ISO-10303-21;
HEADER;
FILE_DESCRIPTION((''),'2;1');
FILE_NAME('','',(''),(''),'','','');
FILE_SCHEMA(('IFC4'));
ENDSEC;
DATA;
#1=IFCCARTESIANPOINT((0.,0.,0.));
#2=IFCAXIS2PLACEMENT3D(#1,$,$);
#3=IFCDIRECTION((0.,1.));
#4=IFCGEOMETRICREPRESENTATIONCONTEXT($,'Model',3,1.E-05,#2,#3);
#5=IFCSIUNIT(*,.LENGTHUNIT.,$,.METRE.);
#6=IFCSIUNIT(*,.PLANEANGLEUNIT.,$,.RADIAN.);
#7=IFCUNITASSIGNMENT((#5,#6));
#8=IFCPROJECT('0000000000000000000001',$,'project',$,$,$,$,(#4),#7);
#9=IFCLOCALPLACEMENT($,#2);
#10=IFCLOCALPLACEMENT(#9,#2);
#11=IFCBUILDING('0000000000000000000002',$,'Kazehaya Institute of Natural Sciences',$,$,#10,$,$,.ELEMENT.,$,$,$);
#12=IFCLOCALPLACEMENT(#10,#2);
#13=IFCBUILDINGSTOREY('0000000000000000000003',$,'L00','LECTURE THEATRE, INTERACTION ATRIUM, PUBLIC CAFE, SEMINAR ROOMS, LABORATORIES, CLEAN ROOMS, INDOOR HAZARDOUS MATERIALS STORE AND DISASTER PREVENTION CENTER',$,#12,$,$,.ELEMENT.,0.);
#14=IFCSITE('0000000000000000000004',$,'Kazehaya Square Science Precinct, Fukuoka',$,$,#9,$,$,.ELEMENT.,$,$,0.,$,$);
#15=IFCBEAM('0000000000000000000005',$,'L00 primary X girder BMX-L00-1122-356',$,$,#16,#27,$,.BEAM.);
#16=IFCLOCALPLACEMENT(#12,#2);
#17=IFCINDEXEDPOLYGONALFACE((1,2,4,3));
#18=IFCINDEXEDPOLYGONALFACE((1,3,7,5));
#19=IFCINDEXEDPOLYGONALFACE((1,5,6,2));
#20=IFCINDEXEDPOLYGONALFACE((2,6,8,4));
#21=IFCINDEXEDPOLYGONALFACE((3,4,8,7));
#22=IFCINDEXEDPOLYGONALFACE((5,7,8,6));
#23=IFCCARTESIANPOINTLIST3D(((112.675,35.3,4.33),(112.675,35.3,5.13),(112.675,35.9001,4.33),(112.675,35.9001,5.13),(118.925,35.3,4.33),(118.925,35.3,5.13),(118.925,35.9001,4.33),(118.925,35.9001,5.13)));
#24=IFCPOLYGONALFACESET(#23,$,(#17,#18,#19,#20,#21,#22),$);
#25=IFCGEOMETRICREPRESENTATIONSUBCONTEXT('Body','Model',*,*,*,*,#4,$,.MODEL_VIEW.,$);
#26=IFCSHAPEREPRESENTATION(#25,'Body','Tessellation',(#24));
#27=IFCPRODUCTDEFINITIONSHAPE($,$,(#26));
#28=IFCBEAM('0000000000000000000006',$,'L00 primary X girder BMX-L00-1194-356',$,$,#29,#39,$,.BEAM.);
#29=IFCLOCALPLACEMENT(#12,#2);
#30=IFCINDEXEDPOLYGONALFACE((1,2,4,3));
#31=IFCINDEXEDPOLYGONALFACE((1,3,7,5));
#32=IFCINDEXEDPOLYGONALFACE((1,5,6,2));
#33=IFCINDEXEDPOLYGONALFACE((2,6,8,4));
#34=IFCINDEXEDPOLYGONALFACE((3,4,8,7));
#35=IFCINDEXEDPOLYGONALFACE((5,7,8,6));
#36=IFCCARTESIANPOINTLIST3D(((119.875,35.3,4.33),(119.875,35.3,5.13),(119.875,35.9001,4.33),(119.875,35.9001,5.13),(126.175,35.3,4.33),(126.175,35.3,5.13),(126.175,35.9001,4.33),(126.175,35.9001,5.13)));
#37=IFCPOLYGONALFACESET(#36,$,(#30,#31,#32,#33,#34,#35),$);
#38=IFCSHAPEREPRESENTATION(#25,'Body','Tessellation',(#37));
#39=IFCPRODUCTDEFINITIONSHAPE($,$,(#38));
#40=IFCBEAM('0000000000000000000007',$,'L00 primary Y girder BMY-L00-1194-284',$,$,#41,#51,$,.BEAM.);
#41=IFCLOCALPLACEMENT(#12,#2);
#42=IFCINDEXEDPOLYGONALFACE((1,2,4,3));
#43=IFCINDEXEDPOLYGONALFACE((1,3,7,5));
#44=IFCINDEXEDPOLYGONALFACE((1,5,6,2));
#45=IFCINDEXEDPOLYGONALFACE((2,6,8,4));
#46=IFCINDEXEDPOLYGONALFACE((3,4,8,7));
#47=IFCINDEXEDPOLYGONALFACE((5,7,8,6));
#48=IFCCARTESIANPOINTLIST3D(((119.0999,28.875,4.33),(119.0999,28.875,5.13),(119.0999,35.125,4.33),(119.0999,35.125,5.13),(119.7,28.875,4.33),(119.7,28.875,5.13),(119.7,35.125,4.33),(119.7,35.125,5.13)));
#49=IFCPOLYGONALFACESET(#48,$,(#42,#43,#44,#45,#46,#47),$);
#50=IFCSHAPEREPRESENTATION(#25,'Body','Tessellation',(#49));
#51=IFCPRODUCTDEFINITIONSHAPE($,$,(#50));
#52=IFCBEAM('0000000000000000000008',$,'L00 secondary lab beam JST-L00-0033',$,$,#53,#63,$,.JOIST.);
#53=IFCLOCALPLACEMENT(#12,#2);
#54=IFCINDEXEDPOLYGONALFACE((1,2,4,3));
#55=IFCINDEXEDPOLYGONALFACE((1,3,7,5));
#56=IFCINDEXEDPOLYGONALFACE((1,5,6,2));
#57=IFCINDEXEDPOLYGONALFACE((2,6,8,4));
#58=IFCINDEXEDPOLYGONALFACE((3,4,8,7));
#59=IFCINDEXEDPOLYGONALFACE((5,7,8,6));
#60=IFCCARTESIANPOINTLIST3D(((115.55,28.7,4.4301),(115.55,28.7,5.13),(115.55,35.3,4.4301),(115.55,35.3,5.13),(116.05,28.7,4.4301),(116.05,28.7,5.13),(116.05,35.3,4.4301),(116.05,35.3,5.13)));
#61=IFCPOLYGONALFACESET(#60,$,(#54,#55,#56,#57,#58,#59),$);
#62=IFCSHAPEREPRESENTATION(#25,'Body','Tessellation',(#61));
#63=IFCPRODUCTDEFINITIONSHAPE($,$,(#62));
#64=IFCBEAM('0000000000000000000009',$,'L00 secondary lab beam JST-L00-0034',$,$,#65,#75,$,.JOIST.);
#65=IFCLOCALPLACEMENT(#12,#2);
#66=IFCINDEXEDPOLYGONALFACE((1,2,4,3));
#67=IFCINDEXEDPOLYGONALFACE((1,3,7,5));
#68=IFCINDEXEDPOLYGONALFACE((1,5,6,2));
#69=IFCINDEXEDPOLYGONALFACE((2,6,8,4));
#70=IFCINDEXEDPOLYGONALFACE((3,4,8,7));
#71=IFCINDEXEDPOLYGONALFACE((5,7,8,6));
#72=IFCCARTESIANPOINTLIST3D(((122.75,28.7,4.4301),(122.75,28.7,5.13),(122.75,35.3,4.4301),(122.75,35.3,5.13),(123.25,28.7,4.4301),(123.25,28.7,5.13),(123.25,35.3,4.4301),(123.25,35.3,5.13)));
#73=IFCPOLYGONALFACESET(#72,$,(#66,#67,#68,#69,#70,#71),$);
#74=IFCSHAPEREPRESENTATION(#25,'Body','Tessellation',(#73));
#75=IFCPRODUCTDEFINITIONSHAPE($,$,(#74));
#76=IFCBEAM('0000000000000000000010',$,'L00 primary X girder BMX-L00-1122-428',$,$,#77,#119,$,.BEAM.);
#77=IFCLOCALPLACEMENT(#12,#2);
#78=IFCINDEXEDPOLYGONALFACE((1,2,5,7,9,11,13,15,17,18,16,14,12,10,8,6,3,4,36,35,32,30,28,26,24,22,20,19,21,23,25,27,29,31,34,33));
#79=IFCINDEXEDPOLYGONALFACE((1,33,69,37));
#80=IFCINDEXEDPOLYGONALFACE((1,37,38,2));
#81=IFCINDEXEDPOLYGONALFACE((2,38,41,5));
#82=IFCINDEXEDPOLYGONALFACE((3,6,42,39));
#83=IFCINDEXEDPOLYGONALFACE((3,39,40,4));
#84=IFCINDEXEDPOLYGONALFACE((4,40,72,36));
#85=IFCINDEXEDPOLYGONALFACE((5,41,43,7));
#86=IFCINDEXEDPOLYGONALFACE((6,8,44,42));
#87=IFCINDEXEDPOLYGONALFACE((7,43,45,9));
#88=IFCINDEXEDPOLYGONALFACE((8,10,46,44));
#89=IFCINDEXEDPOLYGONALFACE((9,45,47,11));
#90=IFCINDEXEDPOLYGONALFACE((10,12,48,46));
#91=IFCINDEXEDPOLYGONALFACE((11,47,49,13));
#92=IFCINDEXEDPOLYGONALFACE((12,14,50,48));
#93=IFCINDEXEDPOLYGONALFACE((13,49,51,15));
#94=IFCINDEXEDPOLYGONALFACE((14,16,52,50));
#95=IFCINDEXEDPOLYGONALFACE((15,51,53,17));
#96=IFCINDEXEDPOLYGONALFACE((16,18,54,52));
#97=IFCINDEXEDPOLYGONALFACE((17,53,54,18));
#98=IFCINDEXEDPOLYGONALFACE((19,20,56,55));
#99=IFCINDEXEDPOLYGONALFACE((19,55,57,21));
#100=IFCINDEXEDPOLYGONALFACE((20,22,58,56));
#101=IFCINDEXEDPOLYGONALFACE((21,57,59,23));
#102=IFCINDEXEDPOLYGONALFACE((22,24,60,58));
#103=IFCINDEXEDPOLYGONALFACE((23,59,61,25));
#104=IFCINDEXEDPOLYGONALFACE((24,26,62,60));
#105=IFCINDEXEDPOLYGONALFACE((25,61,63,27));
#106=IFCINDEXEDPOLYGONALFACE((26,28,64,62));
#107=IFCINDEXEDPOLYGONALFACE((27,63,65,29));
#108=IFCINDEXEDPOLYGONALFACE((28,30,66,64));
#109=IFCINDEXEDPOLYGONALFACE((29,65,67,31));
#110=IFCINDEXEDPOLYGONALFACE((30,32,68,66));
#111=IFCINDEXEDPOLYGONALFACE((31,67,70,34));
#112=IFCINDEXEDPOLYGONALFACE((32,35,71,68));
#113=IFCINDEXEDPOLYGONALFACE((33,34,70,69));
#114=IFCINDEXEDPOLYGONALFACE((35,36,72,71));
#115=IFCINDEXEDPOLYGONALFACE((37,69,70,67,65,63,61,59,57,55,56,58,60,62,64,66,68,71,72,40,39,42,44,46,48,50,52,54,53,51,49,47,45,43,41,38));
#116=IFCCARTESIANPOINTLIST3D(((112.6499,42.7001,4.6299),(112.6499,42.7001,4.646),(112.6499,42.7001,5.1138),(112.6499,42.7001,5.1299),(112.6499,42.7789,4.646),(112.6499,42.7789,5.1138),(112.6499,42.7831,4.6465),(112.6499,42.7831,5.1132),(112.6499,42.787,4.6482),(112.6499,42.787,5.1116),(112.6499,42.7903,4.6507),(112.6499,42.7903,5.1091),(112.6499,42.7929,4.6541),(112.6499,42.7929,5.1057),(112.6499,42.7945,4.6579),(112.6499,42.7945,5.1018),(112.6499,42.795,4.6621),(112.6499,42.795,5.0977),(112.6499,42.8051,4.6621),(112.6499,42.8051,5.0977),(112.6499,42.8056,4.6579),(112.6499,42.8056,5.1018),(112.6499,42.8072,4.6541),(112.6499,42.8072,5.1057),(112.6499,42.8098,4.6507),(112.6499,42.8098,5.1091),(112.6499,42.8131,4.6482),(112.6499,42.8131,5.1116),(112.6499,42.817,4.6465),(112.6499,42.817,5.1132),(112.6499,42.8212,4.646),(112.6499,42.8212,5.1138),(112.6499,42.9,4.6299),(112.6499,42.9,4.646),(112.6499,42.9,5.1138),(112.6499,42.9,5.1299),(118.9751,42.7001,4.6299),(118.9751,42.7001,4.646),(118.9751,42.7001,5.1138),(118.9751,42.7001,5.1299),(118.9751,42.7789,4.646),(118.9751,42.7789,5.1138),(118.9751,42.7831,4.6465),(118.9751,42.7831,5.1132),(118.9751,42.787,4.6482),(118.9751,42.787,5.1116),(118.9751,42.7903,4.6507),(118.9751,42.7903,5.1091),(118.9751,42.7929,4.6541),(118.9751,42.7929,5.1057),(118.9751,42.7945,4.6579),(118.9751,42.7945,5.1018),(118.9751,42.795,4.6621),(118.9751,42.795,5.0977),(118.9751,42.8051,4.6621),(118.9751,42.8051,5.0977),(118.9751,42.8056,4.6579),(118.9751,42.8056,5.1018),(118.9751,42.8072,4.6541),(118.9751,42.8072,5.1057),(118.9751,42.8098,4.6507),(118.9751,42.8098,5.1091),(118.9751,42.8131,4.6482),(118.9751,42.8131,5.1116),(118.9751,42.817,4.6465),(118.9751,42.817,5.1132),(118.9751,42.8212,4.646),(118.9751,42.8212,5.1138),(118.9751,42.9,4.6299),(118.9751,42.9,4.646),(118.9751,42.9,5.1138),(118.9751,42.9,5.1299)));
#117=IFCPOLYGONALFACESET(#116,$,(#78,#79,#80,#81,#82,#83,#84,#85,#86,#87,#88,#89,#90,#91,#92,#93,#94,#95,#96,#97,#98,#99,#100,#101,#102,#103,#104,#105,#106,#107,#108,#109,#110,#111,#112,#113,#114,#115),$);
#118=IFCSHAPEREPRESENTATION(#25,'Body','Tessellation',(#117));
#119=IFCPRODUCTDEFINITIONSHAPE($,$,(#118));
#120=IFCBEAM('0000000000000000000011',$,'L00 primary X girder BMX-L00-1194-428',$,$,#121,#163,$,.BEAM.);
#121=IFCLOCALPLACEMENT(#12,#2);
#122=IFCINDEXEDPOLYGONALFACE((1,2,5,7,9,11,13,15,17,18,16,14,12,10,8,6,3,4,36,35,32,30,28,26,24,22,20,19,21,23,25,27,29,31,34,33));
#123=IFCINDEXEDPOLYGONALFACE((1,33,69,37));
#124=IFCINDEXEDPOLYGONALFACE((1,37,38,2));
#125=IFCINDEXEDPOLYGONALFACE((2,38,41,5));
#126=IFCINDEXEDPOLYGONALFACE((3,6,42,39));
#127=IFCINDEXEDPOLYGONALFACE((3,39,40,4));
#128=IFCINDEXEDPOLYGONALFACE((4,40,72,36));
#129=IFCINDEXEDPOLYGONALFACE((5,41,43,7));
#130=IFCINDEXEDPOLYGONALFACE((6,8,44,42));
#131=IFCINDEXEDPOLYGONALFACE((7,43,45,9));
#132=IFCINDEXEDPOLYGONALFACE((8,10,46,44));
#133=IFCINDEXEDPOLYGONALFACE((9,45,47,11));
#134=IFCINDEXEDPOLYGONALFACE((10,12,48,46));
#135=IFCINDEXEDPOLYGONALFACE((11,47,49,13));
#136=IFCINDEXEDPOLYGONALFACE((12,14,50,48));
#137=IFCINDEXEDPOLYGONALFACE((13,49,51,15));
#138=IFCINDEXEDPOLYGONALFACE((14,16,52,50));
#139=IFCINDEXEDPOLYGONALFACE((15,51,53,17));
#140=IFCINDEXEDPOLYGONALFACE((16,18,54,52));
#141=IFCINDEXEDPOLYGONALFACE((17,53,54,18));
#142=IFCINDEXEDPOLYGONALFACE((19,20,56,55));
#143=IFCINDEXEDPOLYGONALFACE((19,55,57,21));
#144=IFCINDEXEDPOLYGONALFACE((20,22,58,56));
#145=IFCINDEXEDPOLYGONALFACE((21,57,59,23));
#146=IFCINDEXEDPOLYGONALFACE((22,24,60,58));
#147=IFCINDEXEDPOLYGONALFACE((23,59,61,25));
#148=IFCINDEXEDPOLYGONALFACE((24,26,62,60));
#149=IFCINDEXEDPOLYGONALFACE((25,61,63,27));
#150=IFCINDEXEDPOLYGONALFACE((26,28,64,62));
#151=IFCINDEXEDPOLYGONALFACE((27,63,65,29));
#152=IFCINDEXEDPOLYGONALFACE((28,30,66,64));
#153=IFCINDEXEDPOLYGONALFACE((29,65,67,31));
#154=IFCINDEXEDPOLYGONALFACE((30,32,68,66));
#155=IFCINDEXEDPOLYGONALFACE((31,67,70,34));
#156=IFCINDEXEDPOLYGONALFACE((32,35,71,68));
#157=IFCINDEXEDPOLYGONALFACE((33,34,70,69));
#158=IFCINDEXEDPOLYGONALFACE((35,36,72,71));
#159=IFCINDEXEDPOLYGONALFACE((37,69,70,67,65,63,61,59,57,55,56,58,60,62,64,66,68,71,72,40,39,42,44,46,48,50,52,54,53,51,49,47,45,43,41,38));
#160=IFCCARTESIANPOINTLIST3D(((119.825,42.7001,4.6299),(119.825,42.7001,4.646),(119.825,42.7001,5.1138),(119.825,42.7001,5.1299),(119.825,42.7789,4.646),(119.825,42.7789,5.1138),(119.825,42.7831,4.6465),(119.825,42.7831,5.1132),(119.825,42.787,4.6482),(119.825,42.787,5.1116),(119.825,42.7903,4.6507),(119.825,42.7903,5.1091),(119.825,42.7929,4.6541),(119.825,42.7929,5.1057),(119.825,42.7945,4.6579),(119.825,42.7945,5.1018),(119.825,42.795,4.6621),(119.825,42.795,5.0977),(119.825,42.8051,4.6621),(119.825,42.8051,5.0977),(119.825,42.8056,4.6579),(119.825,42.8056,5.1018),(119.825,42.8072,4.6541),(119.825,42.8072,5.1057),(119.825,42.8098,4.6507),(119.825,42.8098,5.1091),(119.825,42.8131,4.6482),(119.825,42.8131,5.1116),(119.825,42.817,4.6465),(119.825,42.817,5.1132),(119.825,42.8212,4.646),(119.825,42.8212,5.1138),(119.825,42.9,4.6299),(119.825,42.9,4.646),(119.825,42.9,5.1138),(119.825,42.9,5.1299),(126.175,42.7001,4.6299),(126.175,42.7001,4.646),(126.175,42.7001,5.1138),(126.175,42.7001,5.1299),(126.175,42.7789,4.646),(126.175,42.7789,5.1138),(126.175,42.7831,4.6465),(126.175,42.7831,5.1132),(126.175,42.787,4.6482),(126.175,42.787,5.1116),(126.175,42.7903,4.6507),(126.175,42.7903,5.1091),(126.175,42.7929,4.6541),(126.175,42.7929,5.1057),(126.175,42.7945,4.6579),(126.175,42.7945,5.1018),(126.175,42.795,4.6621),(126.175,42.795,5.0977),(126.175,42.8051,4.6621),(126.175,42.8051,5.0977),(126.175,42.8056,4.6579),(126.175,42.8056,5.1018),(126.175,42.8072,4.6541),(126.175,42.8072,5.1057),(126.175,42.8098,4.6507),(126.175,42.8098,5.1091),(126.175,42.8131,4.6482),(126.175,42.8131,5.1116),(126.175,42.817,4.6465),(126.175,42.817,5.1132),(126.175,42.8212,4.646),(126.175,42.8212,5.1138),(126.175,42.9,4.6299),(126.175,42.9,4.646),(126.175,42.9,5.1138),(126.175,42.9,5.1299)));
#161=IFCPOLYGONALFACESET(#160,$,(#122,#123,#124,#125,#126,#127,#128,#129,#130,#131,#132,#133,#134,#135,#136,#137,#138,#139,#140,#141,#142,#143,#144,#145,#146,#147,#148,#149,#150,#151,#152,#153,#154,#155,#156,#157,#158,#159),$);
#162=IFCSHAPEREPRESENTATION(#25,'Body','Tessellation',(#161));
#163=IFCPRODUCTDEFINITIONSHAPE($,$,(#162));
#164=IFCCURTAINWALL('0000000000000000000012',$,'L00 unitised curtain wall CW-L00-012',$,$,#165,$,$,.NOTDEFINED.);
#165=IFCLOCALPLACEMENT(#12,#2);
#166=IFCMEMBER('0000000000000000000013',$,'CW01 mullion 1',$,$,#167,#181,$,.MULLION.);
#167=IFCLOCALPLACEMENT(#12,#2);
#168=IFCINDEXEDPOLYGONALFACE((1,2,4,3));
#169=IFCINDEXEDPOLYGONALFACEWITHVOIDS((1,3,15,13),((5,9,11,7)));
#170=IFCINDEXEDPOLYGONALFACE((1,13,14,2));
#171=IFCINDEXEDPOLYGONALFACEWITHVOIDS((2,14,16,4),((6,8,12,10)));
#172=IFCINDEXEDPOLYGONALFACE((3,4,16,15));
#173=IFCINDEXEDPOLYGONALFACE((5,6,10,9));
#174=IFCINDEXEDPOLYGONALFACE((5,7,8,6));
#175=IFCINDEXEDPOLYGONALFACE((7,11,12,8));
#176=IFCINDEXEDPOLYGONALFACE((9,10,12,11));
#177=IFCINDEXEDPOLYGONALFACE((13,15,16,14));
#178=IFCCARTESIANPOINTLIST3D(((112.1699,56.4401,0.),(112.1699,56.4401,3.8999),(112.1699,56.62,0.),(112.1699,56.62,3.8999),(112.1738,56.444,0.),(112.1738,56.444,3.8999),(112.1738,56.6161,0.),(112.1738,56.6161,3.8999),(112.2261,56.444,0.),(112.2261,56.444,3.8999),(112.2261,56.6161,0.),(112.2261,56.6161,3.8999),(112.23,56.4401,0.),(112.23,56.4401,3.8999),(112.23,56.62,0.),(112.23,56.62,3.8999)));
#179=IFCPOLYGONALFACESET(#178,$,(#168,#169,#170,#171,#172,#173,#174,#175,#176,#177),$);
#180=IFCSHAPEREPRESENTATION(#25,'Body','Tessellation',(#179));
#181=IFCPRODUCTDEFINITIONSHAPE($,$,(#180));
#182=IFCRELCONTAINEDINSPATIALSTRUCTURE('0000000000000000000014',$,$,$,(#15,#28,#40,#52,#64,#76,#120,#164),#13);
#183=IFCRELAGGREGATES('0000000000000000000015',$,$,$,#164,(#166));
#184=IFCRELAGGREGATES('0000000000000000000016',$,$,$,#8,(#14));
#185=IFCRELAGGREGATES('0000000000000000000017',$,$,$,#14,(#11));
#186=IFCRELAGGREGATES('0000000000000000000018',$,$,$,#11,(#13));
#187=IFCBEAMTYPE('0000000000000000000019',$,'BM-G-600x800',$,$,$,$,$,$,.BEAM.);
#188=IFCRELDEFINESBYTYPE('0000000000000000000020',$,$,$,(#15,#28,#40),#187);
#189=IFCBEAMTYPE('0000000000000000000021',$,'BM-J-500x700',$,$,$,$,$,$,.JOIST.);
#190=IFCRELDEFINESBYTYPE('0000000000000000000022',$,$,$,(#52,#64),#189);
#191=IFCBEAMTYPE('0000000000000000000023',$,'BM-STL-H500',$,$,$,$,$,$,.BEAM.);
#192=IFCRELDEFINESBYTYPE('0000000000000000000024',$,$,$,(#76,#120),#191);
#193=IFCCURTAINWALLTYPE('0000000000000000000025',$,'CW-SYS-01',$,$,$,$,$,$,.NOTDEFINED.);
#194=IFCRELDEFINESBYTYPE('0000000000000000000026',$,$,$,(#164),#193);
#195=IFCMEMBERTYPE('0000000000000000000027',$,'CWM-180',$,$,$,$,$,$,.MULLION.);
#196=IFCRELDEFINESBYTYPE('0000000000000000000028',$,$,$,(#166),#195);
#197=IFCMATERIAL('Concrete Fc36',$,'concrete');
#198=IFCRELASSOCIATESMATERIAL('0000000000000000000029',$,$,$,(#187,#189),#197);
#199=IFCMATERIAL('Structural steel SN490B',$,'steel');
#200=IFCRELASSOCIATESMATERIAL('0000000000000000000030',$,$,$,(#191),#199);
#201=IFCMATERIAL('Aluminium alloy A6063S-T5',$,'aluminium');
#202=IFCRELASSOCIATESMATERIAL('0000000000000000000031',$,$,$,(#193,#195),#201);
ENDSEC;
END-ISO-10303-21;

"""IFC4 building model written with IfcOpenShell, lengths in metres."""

from ifc_helpers import new_model, si_unit, direction, frame, origin, origin_2d, place, context, subcontext, project, spatial, rectangle, hollow_rectangle, i_section, extrude, material, material_profile, profile_set, type_object, element, aggregate, save


model = new_model("IFC4")

# Units and contexts
model_context = context("Model", 3, precision=1e-05, world=origin(), true_north=direction((0.0, 1.0)))
body_context = subcontext(model_context, "Body", "Model", "MODEL_VIEW")
ifc_project = project(units=[si_unit("LENGTHUNIT", "METRE"), si_unit("PLANEANGLEUNIT", "RADIAN")], contexts=[model_context])

# Site, building, storey
site_placement = place(None, origin())
site = spatial("IfcSite", under=ifc_project, at=site_placement, Name="Kazehaya Square Science Precinct, Fukuoka", CompositionType="ELEMENT", RefElevation=0.0)
building_placement = place(site_placement, origin())
building = spatial("IfcBuilding", under=site, at=building_placement, Name="Kazehaya Institute of Natural Sciences", CompositionType="ELEMENT")
storey_placement = place(building_placement, origin())
storey = spatial("IfcBuildingStorey", under=building, at=storey_placement, Name="L00", Description="LECTURE THEATRE, INTERACTION ATRIUM, PUBLIC CAFE, SEMINAR ROOMS, LABORATORIES, CLEAN ROOMS, INDOOR HAZARDOUS MATERIALS STORE AND DISASTER PREVENTION CENTER", CompositionType="ELEMENT", Elevation=0.0)

# Beams
ifc_material_1 = material(Name="Concrete Fc36", Category="concrete")
ifc_material_profile_1 = material_profile(ifc_material_1, rectangle(XDim=0.6001, YDim=0.8, at=origin_2d()), Name="RC-600x800")
ifc_profile_set_1 = profile_set([ifc_material_profile_1], Name="Concrete Fc36")
beam_type_1 = type_object("IfcBeamType", Name="BM-G-600x800", PredefinedType="BEAM", material=ifc_profile_set_1)
beam_1_placement = place(storey_placement, frame((112.675, 35.6001, 4.73), z_axis=(1.0, 0.0, 0.0), x_axis=(0.0, 1.0, 0.0)))
element("IfcBeam", 1, at=beam_1_placement, inside=storey, type_object=beam_type_1, Name="L00 primary X girder BMX-L00-1122-356", PredefinedType="BEAM", context=body_context, shape_type="SweptSolid", body=[
    extrude(rectangle(XDim=0.6001, YDim=0.8, at=origin_2d()), origin(), (0.0, 0.0, 1.0), 6.25),
])
beam_2_placement = place(storey_placement, frame((119.875, 35.6001, 4.73), z_axis=(1.0, 0.0, 0.0), x_axis=(0.0, 1.0, 0.0)))
element("IfcBeam", 2, at=beam_2_placement, inside=storey, type_object=beam_type_1, Name="L00 primary X girder BMX-L00-1194-356", PredefinedType="BEAM", context=body_context, shape_type="SweptSolid", body=[
    extrude(rectangle(XDim=0.6001, YDim=0.8, at=origin_2d()), origin(), (0.0, 0.0, 1.0), 6.3),
])
beam_3_placement = place(storey_placement, frame((119.3999, 28.875, 4.73), z_axis=(0.0, 1.0, 0.0), x_axis=(-1.0, 0.0, 0.0)))
element("IfcBeam", 3, at=beam_3_placement, inside=storey, type_object=beam_type_1, Name="L00 primary Y girder BMY-L00-1194-284", PredefinedType="BEAM", context=body_context, shape_type="SweptSolid", body=[
    extrude(rectangle(XDim=0.6001, YDim=0.8, at=origin_2d()), origin(), (0.0, 0.0, 1.0), 6.25),
])
ifc_material_profile_2 = material_profile(ifc_material_1, rectangle(XDim=0.5, YDim=0.7, at=origin_2d()), Name="RC-500x700")
ifc_profile_set_2 = profile_set([ifc_material_profile_2], Name="Concrete Fc36")
beam_type_2 = type_object("IfcBeamType", Name="BM-J-500x700", PredefinedType="JOIST", material=ifc_profile_set_2)
for number, where, z_axis, x_axis, name in (
    (4, (115.8, 28.7, 4.78), (0.0, 1.0, 0.0), (-1.0, 0.0, 0.0), "L00 secondary lab beam JST-L00-0033"),
    (5, (123.0, 28.7, 4.78), (0.0, 1.0, 0.0), (-1.0, 0.0, 0.0), "L00 secondary lab beam JST-L00-0034"),
):
    element("IfcBeam", number, at=place(storey_placement, frame(where, z_axis=z_axis, x_axis=x_axis)), inside=storey, type_object=beam_type_2, Name=name, PredefinedType="JOIST", context=body_context, shape_type="SweptSolid", body=[
        extrude(rectangle(XDim=0.5, YDim=0.7, at=origin_2d()), origin(), (0.0, 0.0, 1.0), 6.6001),
    ])
ifc_material_2 = material(Name="Structural steel SN490B", Category="steel")
ifc_material_profile_3 = material_profile(ifc_material_2, i_section(OverallWidth=0.2, OverallDepth=0.5, WebThickness=0.01, FlangeThickness=0.0161, FilletRadius=0.0161, at=origin_2d()), Name="H-500x200x10x16")
ifc_profile_set_3 = profile_set([ifc_material_profile_3], Name="Structural steel SN490B")
beam_type_3 = type_object("IfcBeamType", Name="BM-STL-H500", PredefinedType="BEAM", material=ifc_profile_set_3)
beam_4_placement = place(storey_placement, frame((112.6499, 42.8, 4.8799), z_axis=(1.0, 0.0, 0.0), x_axis=(0.0, 1.0, 0.0)))
element("IfcBeam", 6, at=beam_4_placement, inside=storey, type_object=beam_type_3, Name="L00 primary X girder BMX-L00-1122-428", PredefinedType="BEAM", context=body_context, shape_type="SweptSolid", body=[
    extrude(i_section(OverallWidth=0.2, OverallDepth=0.5, WebThickness=0.01, FlangeThickness=0.0161, FilletRadius=0.0161, at=origin_2d()), origin(), (0.0, 0.0, 1.0), 6.3252),
])
beam_5_placement = place(storey_placement, frame((119.825, 42.8, 4.8799), z_axis=(1.0, 0.0, 0.0), x_axis=(0.0, 1.0, 0.0)))
element("IfcBeam", 7, at=beam_5_placement, inside=storey, type_object=beam_type_3, Name="L00 primary X girder BMX-L00-1194-428", PredefinedType="BEAM", context=body_context, shape_type="SweptSolid", body=[
    extrude(i_section(OverallWidth=0.2, OverallDepth=0.5, WebThickness=0.01, FlangeThickness=0.0161, FilletRadius=0.0161, at=origin_2d()), origin(), (0.0, 0.0, 1.0), 6.3501),
])

# Curtain wall, member
ifc_material_3 = material(Name="Aluminium alloy A6063S-T5", Category="aluminium")
curtain_wall_type = type_object("IfcCurtainWallType", Name="CW-SYS-01", PredefinedType="NOTDEFINED", material=ifc_material_3)
curtain_wall_1_placement = place(storey_placement, origin())
curtain_wall_1 = element("IfcCurtainWall", 8, at=curtain_wall_1_placement, inside=storey, type_object=curtain_wall_type, Name="L00 unitised curtain wall CW-L00-012", PredefinedType="NOTDEFINED")
ifc_material_profile_4 = material_profile(ifc_material_3, hollow_rectangle(XDim=0.0601, YDim=0.1799, WallThickness=0.0039, at=origin_2d()), Name="ALU-60x180x4")
ifc_profile_set_4 = profile_set([ifc_material_profile_4], Name="Aluminium alloy A6063S-T5")
member_type_1 = type_object("IfcMemberType", Name="CWM-180", PredefinedType="MULLION", material=ifc_profile_set_4)
member_1_placement = place(storey_placement, frame((112.2, 56.53, 0.0), z_axis=(0.0, 0.0, 1.0), x_axis=(1.0, 0.0, 0.0)))
member_1 = element("IfcMember", 9, at=member_1_placement, type_object=member_type_1, Name="CW01 mullion 1", PredefinedType="MULLION", context=body_context, shape_type="SweptSolid", body=[
    extrude(hollow_rectangle(XDim=0.0601, YDim=0.1799, WallThickness=0.0039, at=origin_2d()), origin(), (0.0, 0.0, 1.0), 3.8999),
])

aggregate(curtain_wall_1, [member_1])

save(model, "model.ifc")
